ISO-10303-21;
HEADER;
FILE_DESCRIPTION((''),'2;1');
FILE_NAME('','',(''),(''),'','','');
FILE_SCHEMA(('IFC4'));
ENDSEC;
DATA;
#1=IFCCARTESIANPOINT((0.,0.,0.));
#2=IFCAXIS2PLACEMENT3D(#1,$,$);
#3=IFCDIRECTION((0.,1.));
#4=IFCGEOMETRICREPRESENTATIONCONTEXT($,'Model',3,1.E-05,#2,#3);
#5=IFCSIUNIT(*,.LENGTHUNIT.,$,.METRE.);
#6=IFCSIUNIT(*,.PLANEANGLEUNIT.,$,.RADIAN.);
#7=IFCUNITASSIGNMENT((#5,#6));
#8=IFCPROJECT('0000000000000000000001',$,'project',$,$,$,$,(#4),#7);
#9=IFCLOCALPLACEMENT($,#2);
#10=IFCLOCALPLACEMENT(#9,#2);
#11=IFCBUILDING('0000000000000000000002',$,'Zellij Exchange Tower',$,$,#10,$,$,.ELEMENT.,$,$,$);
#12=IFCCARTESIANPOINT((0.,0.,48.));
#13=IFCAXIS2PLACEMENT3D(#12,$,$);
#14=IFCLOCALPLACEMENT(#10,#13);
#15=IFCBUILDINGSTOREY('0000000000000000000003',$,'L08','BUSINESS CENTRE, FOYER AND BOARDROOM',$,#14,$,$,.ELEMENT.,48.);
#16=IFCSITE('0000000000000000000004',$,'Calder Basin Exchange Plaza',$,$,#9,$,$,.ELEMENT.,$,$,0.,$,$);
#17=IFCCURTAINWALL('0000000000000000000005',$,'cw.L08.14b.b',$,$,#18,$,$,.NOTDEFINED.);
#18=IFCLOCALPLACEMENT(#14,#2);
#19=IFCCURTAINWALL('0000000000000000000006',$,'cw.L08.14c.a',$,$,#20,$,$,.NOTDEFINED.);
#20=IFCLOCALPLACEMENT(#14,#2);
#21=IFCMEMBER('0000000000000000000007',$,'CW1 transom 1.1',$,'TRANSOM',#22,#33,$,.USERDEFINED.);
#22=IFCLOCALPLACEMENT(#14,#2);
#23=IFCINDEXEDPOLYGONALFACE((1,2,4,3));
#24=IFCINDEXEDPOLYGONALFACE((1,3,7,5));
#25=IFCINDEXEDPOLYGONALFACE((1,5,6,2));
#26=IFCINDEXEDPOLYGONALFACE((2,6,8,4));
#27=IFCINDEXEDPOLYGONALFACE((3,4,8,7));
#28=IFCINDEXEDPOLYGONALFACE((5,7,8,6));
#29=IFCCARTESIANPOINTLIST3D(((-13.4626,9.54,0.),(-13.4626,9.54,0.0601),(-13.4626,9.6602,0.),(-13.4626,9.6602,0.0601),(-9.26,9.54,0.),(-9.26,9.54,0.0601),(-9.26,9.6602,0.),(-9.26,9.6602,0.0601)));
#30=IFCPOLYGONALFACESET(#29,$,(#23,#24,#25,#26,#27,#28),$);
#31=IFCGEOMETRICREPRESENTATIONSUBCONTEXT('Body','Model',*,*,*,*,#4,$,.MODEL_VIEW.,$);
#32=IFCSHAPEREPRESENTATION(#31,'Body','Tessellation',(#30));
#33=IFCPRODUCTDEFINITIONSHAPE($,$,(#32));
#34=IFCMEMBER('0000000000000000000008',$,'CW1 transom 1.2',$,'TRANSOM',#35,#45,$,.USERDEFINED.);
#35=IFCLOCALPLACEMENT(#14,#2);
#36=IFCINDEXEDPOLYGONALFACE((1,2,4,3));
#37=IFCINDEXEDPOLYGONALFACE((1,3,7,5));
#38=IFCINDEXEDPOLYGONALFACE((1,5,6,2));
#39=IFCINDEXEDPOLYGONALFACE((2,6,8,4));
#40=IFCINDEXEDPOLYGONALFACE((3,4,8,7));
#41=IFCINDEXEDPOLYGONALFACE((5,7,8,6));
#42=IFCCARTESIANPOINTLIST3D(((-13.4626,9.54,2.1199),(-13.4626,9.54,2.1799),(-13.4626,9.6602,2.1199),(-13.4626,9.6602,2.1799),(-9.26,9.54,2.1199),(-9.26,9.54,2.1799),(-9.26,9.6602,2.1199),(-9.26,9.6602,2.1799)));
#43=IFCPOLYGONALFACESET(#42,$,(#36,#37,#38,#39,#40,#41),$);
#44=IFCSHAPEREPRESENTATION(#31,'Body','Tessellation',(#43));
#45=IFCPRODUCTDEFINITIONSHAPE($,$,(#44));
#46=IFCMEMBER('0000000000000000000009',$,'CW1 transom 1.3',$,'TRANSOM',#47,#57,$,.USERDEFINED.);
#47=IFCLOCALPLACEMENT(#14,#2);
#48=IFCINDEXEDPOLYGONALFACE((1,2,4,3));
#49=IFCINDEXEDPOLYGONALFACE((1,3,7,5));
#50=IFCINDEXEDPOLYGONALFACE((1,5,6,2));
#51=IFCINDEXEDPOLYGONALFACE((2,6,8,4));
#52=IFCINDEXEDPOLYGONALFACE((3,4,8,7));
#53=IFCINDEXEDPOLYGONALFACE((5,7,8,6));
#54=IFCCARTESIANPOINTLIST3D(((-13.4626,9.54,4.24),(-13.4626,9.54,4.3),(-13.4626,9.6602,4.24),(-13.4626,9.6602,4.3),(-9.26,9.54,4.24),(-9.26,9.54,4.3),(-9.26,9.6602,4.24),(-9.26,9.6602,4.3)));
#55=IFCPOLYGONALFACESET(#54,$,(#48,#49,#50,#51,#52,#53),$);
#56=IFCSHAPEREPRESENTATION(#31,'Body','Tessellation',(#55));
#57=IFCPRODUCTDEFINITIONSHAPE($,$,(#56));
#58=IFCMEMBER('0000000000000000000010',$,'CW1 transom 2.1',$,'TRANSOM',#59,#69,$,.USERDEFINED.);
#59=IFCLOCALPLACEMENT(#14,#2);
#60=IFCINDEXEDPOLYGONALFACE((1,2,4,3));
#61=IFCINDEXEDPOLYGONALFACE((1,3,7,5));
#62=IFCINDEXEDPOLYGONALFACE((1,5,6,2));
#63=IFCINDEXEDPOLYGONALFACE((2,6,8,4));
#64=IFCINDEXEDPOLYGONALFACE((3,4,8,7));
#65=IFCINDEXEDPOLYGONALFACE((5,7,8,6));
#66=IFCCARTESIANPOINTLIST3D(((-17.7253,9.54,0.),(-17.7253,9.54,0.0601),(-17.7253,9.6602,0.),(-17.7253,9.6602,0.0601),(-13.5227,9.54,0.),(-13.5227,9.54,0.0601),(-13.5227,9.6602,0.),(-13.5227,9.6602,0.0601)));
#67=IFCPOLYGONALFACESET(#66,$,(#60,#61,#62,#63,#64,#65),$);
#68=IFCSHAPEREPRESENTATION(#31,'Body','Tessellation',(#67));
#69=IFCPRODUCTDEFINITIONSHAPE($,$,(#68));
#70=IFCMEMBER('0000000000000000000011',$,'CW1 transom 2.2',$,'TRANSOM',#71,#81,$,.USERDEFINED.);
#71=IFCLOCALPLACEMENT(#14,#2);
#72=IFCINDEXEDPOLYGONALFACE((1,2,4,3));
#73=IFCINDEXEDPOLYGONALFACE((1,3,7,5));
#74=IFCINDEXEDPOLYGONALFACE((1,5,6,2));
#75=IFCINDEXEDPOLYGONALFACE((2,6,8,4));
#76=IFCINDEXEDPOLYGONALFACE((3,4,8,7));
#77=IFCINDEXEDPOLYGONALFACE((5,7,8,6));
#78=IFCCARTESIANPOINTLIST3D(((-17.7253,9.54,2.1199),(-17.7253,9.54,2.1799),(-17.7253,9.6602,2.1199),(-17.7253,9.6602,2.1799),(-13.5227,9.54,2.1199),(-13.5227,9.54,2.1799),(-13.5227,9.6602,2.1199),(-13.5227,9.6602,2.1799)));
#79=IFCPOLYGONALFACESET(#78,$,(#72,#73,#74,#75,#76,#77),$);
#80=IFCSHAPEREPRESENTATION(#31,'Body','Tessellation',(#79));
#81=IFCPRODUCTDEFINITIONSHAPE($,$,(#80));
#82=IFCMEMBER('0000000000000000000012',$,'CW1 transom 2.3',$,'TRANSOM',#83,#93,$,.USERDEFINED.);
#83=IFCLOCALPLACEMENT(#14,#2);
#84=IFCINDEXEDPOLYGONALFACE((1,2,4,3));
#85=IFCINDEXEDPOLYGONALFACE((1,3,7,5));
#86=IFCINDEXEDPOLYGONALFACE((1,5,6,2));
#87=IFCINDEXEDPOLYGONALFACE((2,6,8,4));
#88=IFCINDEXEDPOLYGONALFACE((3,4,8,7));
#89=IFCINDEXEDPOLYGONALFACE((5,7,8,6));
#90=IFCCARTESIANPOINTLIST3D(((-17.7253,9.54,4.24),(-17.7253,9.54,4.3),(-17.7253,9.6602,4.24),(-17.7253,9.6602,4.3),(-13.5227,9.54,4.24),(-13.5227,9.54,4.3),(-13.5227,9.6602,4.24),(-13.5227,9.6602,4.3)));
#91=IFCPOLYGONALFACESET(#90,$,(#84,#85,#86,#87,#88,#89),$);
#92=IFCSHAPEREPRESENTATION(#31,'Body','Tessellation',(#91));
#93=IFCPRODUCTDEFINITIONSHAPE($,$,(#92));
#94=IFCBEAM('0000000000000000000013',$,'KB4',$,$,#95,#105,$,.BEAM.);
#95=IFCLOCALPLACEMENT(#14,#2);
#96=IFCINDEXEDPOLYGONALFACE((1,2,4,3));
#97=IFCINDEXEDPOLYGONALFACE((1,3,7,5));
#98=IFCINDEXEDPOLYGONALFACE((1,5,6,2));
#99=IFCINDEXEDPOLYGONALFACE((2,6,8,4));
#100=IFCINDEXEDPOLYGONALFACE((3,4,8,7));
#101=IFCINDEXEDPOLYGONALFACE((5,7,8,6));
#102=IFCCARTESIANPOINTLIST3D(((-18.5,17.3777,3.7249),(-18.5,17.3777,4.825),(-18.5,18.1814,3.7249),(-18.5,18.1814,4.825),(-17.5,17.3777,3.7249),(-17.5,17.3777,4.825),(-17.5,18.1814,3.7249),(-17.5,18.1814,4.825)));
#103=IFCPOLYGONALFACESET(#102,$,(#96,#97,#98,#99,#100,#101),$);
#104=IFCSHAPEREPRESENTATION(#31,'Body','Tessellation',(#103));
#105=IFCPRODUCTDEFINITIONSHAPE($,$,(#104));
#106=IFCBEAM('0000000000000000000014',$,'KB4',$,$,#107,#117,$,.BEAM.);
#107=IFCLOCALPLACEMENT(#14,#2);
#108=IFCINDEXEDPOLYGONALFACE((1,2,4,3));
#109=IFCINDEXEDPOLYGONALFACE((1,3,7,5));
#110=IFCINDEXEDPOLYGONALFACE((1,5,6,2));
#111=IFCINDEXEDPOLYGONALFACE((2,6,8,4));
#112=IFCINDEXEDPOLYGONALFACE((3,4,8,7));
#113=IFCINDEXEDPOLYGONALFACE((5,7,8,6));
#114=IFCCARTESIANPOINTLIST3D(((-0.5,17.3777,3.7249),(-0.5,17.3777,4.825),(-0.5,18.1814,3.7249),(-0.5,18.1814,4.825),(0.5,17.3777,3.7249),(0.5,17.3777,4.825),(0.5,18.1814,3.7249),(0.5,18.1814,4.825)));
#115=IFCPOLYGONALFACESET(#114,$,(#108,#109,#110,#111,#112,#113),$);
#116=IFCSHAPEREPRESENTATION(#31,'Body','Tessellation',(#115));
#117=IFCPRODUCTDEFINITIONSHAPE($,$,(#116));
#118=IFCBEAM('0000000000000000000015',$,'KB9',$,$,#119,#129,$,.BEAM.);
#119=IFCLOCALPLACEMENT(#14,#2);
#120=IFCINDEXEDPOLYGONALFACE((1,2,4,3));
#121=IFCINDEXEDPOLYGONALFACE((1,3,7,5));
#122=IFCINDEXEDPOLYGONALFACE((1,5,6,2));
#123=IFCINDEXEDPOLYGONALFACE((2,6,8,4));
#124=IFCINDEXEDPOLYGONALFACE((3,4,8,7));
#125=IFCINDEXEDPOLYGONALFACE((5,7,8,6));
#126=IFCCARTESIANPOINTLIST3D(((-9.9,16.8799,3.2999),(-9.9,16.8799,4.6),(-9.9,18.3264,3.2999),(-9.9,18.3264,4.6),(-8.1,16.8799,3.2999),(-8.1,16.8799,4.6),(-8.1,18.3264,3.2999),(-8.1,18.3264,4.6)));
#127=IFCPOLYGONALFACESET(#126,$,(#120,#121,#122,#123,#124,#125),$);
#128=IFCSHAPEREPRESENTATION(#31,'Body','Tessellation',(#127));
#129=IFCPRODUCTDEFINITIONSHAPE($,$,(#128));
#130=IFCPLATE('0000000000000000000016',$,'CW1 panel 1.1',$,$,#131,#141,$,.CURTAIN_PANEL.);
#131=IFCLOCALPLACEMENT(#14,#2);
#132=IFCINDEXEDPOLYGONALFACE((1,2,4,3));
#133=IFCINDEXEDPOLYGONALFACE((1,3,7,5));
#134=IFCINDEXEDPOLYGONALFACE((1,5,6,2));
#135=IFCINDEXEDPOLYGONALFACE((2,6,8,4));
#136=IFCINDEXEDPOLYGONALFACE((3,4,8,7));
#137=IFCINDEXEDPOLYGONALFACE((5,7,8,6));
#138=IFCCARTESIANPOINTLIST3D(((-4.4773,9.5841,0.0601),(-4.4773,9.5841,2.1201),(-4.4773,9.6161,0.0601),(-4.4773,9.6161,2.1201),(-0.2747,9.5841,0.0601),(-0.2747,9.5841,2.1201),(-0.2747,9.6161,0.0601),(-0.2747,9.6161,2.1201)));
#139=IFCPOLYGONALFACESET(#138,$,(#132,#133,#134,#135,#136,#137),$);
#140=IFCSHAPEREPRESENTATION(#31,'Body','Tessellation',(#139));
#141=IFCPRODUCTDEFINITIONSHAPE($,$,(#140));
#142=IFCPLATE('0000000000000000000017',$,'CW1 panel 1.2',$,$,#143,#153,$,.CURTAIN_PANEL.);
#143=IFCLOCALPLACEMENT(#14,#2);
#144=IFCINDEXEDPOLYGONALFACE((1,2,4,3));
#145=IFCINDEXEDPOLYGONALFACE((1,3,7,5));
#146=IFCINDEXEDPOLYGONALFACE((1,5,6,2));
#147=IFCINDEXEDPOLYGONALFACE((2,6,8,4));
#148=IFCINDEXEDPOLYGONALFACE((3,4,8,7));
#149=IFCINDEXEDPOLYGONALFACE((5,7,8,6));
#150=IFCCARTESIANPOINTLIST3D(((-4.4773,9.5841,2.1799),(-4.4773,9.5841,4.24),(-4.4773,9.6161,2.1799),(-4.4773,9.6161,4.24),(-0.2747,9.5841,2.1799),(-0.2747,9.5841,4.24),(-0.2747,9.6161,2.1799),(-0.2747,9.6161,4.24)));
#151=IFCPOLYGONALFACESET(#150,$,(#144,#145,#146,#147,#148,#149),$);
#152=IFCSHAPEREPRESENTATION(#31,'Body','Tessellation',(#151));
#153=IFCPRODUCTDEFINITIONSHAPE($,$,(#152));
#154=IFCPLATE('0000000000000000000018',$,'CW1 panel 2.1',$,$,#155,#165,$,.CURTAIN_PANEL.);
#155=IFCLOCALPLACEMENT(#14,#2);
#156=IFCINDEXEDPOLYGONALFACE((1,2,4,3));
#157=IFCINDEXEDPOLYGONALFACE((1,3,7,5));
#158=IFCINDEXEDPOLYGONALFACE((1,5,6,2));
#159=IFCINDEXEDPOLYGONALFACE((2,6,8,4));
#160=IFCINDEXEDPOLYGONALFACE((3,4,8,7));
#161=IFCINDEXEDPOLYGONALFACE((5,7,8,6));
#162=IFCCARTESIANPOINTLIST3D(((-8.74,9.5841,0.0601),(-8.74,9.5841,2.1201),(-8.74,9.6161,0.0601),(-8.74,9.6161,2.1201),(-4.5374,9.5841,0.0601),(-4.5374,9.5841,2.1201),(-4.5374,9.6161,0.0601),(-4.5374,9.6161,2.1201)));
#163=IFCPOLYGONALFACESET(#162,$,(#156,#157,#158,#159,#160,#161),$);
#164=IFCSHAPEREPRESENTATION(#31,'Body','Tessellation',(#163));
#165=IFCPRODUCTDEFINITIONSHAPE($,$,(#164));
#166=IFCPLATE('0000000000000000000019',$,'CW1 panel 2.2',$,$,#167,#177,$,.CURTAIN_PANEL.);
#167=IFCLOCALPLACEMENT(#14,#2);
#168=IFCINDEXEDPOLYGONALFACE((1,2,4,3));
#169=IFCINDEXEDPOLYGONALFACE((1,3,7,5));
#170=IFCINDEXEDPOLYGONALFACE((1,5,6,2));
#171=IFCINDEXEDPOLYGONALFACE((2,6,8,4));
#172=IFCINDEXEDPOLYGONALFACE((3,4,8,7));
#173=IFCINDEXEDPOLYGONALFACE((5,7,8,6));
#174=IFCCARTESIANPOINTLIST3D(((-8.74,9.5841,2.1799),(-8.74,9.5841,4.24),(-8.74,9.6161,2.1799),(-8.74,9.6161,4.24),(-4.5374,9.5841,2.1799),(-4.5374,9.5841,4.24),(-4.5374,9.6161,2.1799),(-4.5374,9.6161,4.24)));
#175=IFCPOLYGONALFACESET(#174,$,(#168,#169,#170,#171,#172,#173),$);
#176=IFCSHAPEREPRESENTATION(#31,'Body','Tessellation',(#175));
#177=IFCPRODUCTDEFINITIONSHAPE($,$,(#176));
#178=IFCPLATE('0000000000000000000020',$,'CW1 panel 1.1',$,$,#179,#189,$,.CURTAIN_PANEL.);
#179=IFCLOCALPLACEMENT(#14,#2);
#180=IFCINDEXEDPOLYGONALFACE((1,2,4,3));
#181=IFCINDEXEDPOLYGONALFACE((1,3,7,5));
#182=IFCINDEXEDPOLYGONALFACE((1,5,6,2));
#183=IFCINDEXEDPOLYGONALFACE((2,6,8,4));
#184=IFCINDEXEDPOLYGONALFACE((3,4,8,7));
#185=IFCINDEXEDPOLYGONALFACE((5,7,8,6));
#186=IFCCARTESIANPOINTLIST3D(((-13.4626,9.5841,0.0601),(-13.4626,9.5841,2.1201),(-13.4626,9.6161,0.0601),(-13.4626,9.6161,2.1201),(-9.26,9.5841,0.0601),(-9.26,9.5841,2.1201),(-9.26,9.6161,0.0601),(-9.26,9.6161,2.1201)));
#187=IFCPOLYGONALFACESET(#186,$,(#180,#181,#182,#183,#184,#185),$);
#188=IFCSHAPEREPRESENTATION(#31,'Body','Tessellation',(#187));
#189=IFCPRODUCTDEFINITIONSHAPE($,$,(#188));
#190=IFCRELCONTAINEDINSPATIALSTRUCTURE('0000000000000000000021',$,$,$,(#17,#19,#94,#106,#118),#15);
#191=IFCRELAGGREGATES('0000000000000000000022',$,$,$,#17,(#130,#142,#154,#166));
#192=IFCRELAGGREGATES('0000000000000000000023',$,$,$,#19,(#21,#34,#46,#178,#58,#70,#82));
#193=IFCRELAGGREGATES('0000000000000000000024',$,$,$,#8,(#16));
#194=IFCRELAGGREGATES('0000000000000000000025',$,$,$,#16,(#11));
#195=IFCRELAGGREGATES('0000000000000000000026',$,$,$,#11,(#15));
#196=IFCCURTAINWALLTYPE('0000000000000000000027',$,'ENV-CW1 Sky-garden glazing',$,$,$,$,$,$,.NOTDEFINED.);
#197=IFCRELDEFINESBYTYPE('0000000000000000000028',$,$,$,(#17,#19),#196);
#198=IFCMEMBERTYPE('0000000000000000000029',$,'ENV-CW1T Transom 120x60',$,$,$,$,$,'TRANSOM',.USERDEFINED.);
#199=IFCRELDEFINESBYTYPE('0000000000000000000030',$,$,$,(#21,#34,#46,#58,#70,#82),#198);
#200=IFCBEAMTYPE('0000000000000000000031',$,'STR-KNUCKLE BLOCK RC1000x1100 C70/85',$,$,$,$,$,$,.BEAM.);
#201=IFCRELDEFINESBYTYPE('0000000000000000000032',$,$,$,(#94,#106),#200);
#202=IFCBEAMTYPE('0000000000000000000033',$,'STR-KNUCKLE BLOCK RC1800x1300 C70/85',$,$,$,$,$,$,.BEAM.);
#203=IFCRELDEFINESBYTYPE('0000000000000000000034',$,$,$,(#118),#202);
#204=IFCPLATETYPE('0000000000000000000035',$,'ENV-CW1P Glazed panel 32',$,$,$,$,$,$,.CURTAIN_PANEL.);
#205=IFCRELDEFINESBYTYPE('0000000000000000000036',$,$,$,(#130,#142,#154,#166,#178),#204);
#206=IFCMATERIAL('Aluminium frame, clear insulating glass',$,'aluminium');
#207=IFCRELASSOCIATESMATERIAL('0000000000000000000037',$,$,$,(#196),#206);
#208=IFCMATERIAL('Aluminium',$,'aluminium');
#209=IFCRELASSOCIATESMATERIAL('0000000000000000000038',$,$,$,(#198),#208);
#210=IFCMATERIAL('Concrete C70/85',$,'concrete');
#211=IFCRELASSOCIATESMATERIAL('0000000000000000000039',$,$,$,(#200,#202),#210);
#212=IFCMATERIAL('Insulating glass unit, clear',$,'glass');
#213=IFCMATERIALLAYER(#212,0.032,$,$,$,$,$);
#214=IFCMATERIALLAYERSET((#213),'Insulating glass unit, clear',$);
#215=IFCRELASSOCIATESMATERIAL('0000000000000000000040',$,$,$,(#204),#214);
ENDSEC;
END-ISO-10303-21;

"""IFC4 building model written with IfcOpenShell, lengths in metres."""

from ifc_helpers import new_model, si_unit, direction, frame, origin, origin_2d, place, context, subcontext, project, spatial, rectangle, extrude, material, layer, layer_set, material_profile, profile_set, type_object, element, aggregate, save


model = new_model("IFC4")

# Units and contexts
model_context = context("Model", 3, precision=1e-05, world=origin(), true_north=direction((0.0, 1.0)))
body_context = subcontext(model_context, "Body", "Model", "MODEL_VIEW")
ifc_project = project(units=[si_unit("LENGTHUNIT", "METRE"), si_unit("PLANEANGLEUNIT", "RADIAN")], contexts=[model_context])

# Site, building, storey
site_placement = place(None, origin())
site = spatial("IfcSite", under=ifc_project, at=site_placement, Name="Calder Basin Exchange Plaza", CompositionType="ELEMENT", RefElevation=0.0)
building_placement = place(site_placement, origin())
building = spatial("IfcBuilding", under=site, at=building_placement, Name="Zellij Exchange Tower", CompositionType="ELEMENT")
storey_placement = place(building_placement, frame((0.0, 0.0, 48.0)))
storey = spatial("IfcBuildingStorey", under=building, at=storey_placement, Name="L08", Description="BUSINESS CENTRE, FOYER AND BOARDROOM", CompositionType="ELEMENT", Elevation=48.0)

# Shared definitions
ifc_material_1 = material(Name="Concrete C70/85", Category="concrete")

# Curtain walls
ifc_material_2 = material(Name="Aluminium frame, clear insulating glass", Category="aluminium")
curtain_wall_type = type_object("IfcCurtainWallType", Name="ENV-CW1 Sky-garden glazing", PredefinedType="NOTDEFINED", material=ifc_material_2)
curtain_wall_1_placement = place(storey_placement, origin())
curtain_wall_1 = element("IfcCurtainWall", 1, at=curtain_wall_1_placement, inside=storey, type_object=curtain_wall_type, Name="cw.L08.14b.b", PredefinedType="NOTDEFINED")
ifc_material_3 = material(Name="Aluminium", Category="aluminium")
curtain_wall_2_placement = place(storey_placement, origin())
curtain_wall_2 = element("IfcCurtainWall", 2, at=curtain_wall_2_placement, inside=storey, type_object=curtain_wall_type, Name="cw.L08.14c.a", PredefinedType="NOTDEFINED")

# Members
ifc_material_profile_1 = material_profile(ifc_material_3, rectangle(XDim=0.1201, YDim=0.0601, at=origin_2d()), Name="AL 120x60")
ifc_profile_set_1 = profile_set([ifc_material_profile_1], Name="Aluminium")
member_type_1 = type_object("IfcMemberType", Name="ENV-CW1T Transom 120x60", ElementType="TRANSOM", PredefinedType="USERDEFINED", material=ifc_profile_set_1)
member_1_placement = place(storey_placement, frame((-9.26, 9.6001, 0.03), z_axis=(-1.0, 0.0, 0.0), x_axis=(0.0, -1.0, 0.0)))
member_1 = element("IfcMember", 3, at=member_1_placement, type_object=member_type_1, Name="CW1 transom 1.1", ObjectType="TRANSOM", PredefinedType="USERDEFINED", context=body_context, shape_type="SweptSolid", body=[
    extrude(rectangle(XDim=0.1201, YDim=0.0601, at=origin_2d()), origin(), (0.0, 0.0, 1.0), 4.2026),
])
member_2_placement = place(storey_placement, frame((-9.26, 9.6001, 2.1499), z_axis=(-1.0, 0.0, 0.0), x_axis=(0.0, -1.0, 0.0)))
member_2 = element("IfcMember", 4, at=member_2_placement, type_object=member_type_1, Name="CW1 transom 1.2", ObjectType="TRANSOM", PredefinedType="USERDEFINED", context=body_context, shape_type="SweptSolid", body=[
    extrude(rectangle(XDim=0.1201, YDim=0.0601, at=origin_2d()), origin(), (0.0, 0.0, 1.0), 4.2026),
])
member_3_placement = place(storey_placement, frame((-9.26, 9.6001, 4.27), z_axis=(-1.0, 0.0, 0.0), x_axis=(0.0, -1.0, 0.0)))
member_3 = element("IfcMember", 5, at=member_3_placement, type_object=member_type_1, Name="CW1 transom 1.3", ObjectType="TRANSOM", PredefinedType="USERDEFINED", context=body_context, shape_type="SweptSolid", body=[
    extrude(rectangle(XDim=0.1201, YDim=0.0601, at=origin_2d()), origin(), (0.0, 0.0, 1.0), 4.2026),
])
member_4_placement = place(storey_placement, frame((-13.5227, 9.6001, 0.03), z_axis=(-1.0, 0.0, 0.0), x_axis=(0.0, -1.0, 0.0)))
member_4 = element("IfcMember", 6, at=member_4_placement, type_object=member_type_1, Name="CW1 transom 2.1", ObjectType="TRANSOM", PredefinedType="USERDEFINED", context=body_context, shape_type="SweptSolid", body=[
    extrude(rectangle(XDim=0.1201, YDim=0.0601, at=origin_2d()), origin(), (0.0, 0.0, 1.0), 4.2026),
])
member_5_placement = place(storey_placement, frame((-13.5227, 9.6001, 2.1499), z_axis=(-1.0, 0.0, 0.0), x_axis=(0.0, -1.0, 0.0)))
member_5 = element("IfcMember", 7, at=member_5_placement, type_object=member_type_1, Name="CW1 transom 2.2", ObjectType="TRANSOM", PredefinedType="USERDEFINED", context=body_context, shape_type="SweptSolid", body=[
    extrude(rectangle(XDim=0.1201, YDim=0.0601, at=origin_2d()), origin(), (0.0, 0.0, 1.0), 4.2026),
])
member_6_placement = place(storey_placement, frame((-13.5227, 9.6001, 4.27), z_axis=(-1.0, 0.0, 0.0), x_axis=(0.0, -1.0, 0.0)))
member_6 = element("IfcMember", 8, at=member_6_placement, type_object=member_type_1, Name="CW1 transom 2.3", ObjectType="TRANSOM", PredefinedType="USERDEFINED", context=body_context, shape_type="SweptSolid", body=[
    extrude(rectangle(XDim=0.1201, YDim=0.0601, at=origin_2d()), origin(), (0.0, 0.0, 1.0), 4.2026),
])

# Beams
ifc_material_profile_2 = material_profile(ifc_material_1, rectangle(XDim=1.0, YDim=1.1001, at=origin_2d()), Name="STR-KNUCKLE BLOCK RC1000x1100 C70/85")
ifc_profile_set_2 = profile_set([ifc_material_profile_2], Name="Concrete C70/85")
beam_type_1 = type_object("IfcBeamType", Name="STR-KNUCKLE BLOCK RC1000x1100 C70/85", PredefinedType="BEAM", material=ifc_profile_set_2)
for number, where, z_axis, x_axis, name in (
    (9, (-18.0, 17.3777, 4.2749), (0.0, 1.0, 0.0), (-1.0, 0.0, 0.0), "KB4"),
    (10, (0.0, 17.3777, 4.2749), (0.0, 1.0, 0.0), (-1.0, 0.0, 0.0), "KB4"),
):
    element("IfcBeam", number, at=place(storey_placement, frame(where, z_axis=z_axis, x_axis=x_axis)), inside=storey, type_object=beam_type_1, Name=name, PredefinedType="BEAM", context=body_context, shape_type="SweptSolid", body=[
        extrude(rectangle(XDim=1.0, YDim=1.1001, at=origin_2d()), origin(), (0.0, 0.0, 1.0), 0.8037),
    ])
ifc_material_profile_3 = material_profile(ifc_material_1, rectangle(XDim=1.8, YDim=1.3, at=origin_2d()), Name="STR-KNUCKLE BLOCK RC1800x1300 C70/85")
ifc_profile_set_3 = profile_set([ifc_material_profile_3], Name="Concrete C70/85")
beam_type_2 = type_object("IfcBeamType", Name="STR-KNUCKLE BLOCK RC1800x1300 C70/85", PredefinedType="BEAM", material=ifc_profile_set_3)
beam_placement = place(storey_placement, frame((-9.0, 16.8799, 3.95), z_axis=(0.0, 1.0, 0.0), x_axis=(-1.0, 0.0, 0.0)))
element("IfcBeam", 11, at=beam_placement, inside=storey, type_object=beam_type_2, Name="KB9", PredefinedType="BEAM", context=body_context, shape_type="SweptSolid", body=[
    extrude(rectangle(XDim=1.8, YDim=1.3, at=origin_2d()), origin(), (0.0, 0.0, 1.0), 1.4465),
])

# Plates
ifc_material_4 = material(Name="Insulating glass unit, clear", Category="glass")
ifc_layer_1 = layer(ifc_material_4, 0.032)
ifc_layer_set_1 = layer_set([ifc_layer_1], Name="Insulating glass unit, clear")
plate_type = type_object("IfcPlateType", Name="ENV-CW1P Glazed panel 32", PredefinedType="CURTAIN_PANEL", material=ifc_layer_set_1)
plate_1_placement = place(storey_placement, frame((-2.376, 9.6001, 0.0601), z_axis=(0.0, 0.0, 1.0), x_axis=(-1.0, 0.0, 0.0)))
plate_1 = element("IfcPlate", 12, at=plate_1_placement, type_object=plate_type, Name="CW1 panel 1.1", PredefinedType="CURTAIN_PANEL", context=body_context, shape_type="SweptSolid", body=[
    extrude(rectangle(XDim=4.2026, YDim=0.032, at=origin_2d()), origin(), (0.0, 0.0, 1.0), 2.0601),
])
plate_2_placement = place(storey_placement, frame((-2.376, 9.6001, 2.1799), z_axis=(0.0, 0.0, 1.0), x_axis=(-1.0, 0.0, 0.0)))
plate_2 = element("IfcPlate", 13, at=plate_2_placement, type_object=plate_type, Name="CW1 panel 1.2", PredefinedType="CURTAIN_PANEL", context=body_context, shape_type="SweptSolid", body=[
    extrude(rectangle(XDim=4.2026, YDim=0.032, at=origin_2d()), origin(), (0.0, 0.0, 1.0), 2.0601),
])
plate_3_placement = place(storey_placement, frame((-6.6387, 9.6001, 0.0601), z_axis=(0.0, 0.0, 1.0), x_axis=(-1.0, 0.0, 0.0)))
plate_3 = element("IfcPlate", 14, at=plate_3_placement, type_object=plate_type, Name="CW1 panel 2.1", PredefinedType="CURTAIN_PANEL", context=body_context, shape_type="SweptSolid", body=[
    extrude(rectangle(XDim=4.2026, YDim=0.032, at=origin_2d()), origin(), (0.0, 0.0, 1.0), 2.0601),
])
plate_4_placement = place(storey_placement, frame((-6.6387, 9.6001, 2.1799), z_axis=(0.0, 0.0, 1.0), x_axis=(-1.0, 0.0, 0.0)))
plate_4 = element("IfcPlate", 15, at=plate_4_placement, type_object=plate_type, Name="CW1 panel 2.2", PredefinedType="CURTAIN_PANEL", context=body_context, shape_type="SweptSolid", body=[
    extrude(rectangle(XDim=4.2026, YDim=0.032, at=origin_2d()), origin(), (0.0, 0.0, 1.0), 2.0601),
])
aggregate(curtain_wall_1, [plate_1, plate_2, plate_3, plate_4])
plate_5_placement = place(storey_placement, frame((-11.3613, 9.6001, 0.0601), z_axis=(0.0, 0.0, 1.0), x_axis=(-1.0, 0.0, 0.0)))
plate_5 = element("IfcPlate", 16, at=plate_5_placement, type_object=plate_type, Name="CW1 panel 1.1", PredefinedType="CURTAIN_PANEL", context=body_context, shape_type="SweptSolid", body=[
    extrude(rectangle(XDim=4.2026, YDim=0.032, at=origin_2d()), origin(), (0.0, 0.0, 1.0), 2.0601),
])
aggregate(curtain_wall_2, [member_1, member_2, member_3, plate_5, member_4, member_5, member_6])

save(model, "model.ifc")
